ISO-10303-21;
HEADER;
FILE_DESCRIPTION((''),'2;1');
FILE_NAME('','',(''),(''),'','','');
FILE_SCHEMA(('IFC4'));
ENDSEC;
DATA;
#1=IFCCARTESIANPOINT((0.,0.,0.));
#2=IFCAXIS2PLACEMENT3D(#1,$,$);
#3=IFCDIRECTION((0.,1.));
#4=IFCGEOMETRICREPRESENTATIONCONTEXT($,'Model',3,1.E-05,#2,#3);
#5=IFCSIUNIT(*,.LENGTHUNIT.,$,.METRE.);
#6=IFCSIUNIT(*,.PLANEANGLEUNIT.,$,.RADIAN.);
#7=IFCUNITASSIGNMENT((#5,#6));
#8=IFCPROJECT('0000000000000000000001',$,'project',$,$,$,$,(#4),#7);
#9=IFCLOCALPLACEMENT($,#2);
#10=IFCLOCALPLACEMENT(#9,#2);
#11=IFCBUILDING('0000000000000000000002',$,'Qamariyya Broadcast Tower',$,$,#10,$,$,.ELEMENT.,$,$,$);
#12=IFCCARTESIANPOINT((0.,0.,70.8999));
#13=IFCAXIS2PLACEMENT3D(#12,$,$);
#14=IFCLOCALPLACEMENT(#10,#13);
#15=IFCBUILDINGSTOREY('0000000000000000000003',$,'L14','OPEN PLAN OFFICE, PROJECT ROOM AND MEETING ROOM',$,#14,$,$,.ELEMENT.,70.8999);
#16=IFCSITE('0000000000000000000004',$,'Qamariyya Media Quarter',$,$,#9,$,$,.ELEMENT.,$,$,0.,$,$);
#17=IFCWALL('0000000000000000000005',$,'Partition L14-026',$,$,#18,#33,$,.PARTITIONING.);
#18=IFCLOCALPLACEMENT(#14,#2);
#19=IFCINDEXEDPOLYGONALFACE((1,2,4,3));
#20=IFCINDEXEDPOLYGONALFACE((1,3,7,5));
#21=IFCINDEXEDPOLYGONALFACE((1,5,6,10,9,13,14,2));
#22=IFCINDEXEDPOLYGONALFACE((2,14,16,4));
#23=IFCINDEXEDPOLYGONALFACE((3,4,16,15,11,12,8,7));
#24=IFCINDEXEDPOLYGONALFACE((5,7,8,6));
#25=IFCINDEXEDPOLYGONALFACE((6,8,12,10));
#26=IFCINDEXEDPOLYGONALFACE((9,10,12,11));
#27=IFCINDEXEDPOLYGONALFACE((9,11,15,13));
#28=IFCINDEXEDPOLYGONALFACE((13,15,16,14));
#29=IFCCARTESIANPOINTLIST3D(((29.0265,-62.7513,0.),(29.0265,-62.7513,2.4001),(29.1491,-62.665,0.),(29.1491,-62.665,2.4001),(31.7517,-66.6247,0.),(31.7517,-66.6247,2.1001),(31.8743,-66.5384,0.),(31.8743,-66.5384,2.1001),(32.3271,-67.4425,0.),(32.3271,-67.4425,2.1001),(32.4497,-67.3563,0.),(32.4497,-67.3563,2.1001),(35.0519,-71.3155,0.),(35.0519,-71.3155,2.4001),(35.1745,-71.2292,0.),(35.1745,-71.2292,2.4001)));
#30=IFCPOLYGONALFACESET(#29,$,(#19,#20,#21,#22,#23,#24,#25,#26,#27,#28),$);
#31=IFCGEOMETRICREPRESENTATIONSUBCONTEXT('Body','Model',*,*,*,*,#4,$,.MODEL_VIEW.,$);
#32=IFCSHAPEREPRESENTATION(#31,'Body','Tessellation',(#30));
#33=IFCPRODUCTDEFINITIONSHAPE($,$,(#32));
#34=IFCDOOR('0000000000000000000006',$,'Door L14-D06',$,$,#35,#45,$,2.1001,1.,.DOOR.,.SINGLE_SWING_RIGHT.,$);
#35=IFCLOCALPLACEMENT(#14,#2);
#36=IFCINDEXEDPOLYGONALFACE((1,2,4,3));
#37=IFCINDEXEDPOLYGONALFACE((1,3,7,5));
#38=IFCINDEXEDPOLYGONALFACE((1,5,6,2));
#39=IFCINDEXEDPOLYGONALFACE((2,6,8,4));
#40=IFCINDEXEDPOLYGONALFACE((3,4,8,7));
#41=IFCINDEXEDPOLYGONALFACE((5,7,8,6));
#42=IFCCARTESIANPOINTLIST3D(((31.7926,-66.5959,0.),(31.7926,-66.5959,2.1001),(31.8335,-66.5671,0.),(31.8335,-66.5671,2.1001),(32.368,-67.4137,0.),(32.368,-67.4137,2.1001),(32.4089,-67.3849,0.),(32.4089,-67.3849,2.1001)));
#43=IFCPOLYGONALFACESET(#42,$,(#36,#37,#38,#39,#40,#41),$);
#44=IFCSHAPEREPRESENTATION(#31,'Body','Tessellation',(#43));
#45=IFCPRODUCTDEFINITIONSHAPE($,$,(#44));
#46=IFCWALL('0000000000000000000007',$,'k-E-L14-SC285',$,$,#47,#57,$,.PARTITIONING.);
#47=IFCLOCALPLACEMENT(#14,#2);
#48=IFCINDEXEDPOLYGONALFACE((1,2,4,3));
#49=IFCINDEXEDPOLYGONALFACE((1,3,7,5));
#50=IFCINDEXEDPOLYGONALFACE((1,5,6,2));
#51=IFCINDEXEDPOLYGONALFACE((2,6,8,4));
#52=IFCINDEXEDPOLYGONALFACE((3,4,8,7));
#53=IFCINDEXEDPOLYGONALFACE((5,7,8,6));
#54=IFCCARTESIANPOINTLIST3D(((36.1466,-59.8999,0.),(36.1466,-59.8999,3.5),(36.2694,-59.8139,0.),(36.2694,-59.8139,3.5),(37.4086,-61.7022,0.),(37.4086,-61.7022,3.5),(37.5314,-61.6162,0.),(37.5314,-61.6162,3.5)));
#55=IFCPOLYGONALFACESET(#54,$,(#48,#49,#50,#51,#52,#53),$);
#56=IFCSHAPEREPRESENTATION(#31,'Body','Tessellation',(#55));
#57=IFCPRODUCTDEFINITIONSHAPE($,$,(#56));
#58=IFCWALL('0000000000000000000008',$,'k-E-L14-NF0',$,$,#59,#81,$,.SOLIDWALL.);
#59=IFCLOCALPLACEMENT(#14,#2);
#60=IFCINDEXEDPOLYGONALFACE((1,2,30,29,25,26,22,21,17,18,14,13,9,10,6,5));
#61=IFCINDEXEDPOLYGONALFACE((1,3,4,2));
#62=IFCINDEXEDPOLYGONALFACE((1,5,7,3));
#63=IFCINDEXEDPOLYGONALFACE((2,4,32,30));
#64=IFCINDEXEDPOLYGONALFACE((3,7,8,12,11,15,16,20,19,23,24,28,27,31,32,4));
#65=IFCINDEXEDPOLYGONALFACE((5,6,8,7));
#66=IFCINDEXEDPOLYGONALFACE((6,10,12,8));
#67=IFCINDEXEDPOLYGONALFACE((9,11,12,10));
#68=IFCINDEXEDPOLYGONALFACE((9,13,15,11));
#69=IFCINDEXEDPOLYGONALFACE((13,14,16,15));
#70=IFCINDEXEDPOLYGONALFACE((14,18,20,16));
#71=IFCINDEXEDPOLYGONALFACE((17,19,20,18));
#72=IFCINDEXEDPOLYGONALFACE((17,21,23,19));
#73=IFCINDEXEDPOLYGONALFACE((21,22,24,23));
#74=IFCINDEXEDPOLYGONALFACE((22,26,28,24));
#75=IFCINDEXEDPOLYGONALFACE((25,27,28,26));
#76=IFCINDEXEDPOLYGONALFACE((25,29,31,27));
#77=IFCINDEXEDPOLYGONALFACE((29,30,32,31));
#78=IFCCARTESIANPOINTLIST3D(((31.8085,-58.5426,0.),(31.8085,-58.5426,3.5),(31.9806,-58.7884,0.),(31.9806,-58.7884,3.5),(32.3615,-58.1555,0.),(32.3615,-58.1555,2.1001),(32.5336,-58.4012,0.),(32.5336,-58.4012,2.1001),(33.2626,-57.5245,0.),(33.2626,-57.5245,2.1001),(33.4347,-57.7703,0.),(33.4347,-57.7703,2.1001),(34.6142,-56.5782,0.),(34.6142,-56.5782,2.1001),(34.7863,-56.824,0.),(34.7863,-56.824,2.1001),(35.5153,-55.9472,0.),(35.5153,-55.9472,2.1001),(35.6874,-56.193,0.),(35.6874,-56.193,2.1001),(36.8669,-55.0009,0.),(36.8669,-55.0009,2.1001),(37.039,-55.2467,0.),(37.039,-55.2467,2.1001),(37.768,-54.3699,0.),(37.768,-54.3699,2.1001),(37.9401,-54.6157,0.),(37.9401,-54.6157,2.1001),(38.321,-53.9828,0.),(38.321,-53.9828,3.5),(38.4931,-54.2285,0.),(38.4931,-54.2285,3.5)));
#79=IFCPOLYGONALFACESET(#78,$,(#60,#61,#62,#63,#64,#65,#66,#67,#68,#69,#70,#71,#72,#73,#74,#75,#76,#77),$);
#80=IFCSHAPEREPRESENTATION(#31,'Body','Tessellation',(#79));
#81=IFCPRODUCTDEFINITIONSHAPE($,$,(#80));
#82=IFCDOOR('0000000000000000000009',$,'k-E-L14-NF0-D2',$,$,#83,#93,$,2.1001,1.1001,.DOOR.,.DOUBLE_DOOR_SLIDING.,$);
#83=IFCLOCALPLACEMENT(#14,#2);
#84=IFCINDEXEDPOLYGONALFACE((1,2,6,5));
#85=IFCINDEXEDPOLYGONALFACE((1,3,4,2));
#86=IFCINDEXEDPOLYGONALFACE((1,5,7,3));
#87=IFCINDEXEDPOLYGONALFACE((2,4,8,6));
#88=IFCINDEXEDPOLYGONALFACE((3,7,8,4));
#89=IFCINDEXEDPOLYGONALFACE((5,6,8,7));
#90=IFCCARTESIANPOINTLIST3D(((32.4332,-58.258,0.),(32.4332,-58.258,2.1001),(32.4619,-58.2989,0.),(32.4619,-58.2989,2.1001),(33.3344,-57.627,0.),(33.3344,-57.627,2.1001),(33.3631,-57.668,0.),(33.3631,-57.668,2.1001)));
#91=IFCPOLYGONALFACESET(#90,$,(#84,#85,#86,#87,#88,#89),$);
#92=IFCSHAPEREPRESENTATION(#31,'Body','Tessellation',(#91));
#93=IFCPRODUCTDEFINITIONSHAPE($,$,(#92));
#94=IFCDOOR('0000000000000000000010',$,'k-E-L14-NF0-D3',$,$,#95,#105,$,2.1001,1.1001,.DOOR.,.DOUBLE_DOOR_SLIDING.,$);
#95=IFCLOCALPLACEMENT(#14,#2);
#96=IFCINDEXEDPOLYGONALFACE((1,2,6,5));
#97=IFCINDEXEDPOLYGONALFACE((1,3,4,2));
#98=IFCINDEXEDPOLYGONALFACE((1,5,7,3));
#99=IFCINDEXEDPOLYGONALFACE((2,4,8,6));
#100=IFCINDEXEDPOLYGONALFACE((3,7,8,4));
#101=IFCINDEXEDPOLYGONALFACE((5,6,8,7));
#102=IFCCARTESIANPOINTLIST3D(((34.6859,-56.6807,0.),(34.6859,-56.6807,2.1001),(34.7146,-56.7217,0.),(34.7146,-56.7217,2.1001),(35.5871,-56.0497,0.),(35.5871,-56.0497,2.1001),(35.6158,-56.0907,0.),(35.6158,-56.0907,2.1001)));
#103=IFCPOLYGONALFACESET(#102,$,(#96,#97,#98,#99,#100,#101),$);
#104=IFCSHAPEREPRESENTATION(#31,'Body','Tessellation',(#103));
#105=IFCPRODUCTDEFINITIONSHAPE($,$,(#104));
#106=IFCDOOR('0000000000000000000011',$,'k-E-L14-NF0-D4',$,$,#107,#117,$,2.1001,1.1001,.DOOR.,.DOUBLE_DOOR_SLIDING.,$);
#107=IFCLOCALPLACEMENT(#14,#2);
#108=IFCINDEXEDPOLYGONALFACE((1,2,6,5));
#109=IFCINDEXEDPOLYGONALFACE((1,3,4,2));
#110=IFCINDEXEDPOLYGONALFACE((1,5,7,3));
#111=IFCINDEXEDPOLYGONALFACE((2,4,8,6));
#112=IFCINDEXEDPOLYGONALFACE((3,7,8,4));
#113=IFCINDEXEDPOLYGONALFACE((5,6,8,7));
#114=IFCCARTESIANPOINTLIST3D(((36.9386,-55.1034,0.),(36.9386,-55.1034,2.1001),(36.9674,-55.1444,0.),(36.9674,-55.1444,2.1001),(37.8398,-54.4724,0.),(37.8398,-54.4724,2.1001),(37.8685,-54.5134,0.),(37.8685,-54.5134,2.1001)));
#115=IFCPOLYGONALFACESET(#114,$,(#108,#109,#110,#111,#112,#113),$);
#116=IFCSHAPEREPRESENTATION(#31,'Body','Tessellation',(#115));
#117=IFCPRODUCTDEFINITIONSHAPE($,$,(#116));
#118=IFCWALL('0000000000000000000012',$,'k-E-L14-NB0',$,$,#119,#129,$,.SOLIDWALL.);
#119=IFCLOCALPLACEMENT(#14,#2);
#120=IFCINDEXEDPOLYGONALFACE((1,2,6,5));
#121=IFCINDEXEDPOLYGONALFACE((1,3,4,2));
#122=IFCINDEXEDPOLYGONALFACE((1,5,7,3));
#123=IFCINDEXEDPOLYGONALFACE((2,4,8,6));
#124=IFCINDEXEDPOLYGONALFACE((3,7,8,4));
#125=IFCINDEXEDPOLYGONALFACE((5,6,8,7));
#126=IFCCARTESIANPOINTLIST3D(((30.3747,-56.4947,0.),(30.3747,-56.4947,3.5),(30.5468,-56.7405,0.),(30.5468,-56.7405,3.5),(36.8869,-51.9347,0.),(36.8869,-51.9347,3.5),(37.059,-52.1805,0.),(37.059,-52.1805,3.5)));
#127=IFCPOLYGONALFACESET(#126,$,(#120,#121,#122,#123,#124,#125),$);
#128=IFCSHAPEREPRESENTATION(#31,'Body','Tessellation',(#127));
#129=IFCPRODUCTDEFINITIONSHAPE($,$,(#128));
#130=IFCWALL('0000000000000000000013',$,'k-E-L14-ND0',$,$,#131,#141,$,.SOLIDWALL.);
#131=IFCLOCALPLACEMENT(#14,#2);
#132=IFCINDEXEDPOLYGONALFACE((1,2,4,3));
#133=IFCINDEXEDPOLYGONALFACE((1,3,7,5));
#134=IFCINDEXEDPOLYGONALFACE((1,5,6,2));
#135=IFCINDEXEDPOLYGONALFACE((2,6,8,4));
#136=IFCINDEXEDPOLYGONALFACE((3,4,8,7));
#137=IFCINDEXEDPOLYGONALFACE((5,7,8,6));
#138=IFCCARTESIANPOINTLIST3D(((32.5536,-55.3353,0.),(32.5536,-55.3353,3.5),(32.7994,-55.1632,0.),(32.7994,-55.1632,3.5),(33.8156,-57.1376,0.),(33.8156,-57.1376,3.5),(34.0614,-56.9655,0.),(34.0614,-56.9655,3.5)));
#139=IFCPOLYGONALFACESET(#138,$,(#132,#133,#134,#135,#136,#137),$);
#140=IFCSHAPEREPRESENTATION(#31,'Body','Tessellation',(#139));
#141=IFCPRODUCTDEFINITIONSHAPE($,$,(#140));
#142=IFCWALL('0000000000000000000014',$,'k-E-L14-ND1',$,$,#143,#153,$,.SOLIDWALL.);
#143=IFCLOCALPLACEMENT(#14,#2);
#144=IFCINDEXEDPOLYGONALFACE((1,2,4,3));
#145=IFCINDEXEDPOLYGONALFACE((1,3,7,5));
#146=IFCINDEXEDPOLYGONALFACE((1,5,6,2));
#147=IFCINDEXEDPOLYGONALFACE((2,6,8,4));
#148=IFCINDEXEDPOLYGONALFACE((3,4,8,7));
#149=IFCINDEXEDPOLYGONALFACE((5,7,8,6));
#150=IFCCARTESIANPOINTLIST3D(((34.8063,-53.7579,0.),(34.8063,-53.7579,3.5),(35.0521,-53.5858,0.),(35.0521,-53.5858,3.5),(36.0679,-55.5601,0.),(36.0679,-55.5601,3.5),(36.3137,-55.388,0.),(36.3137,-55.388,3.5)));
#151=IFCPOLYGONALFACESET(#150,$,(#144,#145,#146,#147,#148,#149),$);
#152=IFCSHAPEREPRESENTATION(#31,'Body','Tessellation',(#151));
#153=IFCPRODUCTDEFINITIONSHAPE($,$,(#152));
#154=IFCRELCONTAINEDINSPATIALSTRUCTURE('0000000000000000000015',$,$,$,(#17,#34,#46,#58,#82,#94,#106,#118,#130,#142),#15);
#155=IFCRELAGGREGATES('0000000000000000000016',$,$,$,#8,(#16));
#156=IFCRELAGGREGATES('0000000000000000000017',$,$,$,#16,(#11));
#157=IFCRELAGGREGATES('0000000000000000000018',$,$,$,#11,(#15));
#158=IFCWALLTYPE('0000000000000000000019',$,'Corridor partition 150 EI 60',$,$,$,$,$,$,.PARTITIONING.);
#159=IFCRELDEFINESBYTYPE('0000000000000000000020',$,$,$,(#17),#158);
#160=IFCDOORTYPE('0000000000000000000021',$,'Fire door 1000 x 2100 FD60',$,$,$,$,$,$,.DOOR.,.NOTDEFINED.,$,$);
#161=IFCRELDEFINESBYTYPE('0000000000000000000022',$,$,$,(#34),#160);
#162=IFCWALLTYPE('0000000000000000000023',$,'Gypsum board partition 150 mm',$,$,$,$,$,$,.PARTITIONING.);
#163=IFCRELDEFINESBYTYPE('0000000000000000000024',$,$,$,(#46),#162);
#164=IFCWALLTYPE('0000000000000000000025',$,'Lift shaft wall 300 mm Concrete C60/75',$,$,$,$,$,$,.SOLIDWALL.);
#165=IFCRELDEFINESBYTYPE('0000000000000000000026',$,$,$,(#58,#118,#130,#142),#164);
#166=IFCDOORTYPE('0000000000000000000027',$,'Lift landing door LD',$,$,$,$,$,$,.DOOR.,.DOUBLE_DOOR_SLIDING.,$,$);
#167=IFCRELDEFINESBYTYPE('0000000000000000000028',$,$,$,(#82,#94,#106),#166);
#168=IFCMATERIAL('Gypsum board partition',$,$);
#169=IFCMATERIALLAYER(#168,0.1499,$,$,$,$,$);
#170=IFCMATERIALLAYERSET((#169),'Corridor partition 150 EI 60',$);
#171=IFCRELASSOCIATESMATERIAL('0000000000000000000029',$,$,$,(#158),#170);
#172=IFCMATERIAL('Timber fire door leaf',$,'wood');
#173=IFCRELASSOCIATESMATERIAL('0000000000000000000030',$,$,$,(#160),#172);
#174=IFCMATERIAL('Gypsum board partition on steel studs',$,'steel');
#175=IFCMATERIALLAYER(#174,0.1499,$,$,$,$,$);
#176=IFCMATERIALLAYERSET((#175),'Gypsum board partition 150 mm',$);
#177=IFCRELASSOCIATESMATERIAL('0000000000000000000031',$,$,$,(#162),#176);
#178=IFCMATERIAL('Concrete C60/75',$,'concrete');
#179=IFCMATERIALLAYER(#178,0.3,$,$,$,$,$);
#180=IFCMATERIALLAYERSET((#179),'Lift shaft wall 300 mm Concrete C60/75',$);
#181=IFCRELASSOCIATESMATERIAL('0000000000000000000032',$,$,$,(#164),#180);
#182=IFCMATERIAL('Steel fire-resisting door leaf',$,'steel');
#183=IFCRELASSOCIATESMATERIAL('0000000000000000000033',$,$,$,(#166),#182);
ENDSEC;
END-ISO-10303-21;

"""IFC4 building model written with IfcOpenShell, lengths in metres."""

from ifc_helpers import new_model, si_unit, direction, frame, frame_2d, origin, place, context, subcontext, project, spatial, rectangle, extrude, material, layer, layer_set, type_object, element, fill, save


model = new_model("IFC4")

# Units and contexts
model_context = context("Model", 3, precision=1e-05, world=origin(), true_north=direction((0.0, 1.0)))
body_context = subcontext(model_context, "Body", "Model", "MODEL_VIEW")
ifc_project = project(units=[si_unit("LENGTHUNIT", "METRE"), si_unit("PLANEANGLEUNIT", "RADIAN")], contexts=[model_context])

# Site, building, storey
site_placement = place(None, origin())
site = spatial("IfcSite", under=ifc_project, at=site_placement, Name="Qamariyya Media Quarter", CompositionType="ELEMENT", RefElevation=0.0)
building_placement = place(site_placement, origin())
building = spatial("IfcBuilding", under=site, at=building_placement, Name="Qamariyya Broadcast Tower", CompositionType="ELEMENT")
storey_placement = place(building_placement, frame((0.0, 0.0, 70.8999)))
storey = spatial("IfcBuildingStorey", under=building, at=storey_placement, Name="L14", Description="OPEN PLAN OFFICE, PROJECT ROOM AND MEETING ROOM", CompositionType="ELEMENT", Elevation=70.8999)

# Shared definitions
ifc_material_1 = material(Name="Steel fire-resisting door leaf", Category="steel")

# Wall, opening, door
ifc_material_2 = material(Name="Gypsum board partition")
ifc_layer_1 = layer(ifc_material_2, 0.1499)
ifc_layer_set_1 = layer_set([ifc_layer_1], Name="Corridor partition 150 EI 60")
wall_type_1 = type_object("IfcWallType", Name="Corridor partition 150 EI 60", PredefinedType="PARTITIONING", material=ifc_layer_set_1)
wall_1_placement = place(storey_placement, frame((35.1133, -71.2725, 0.0), z_axis=(0.0, 0.0, 1.0), x_axis=(-0.575412, 0.817864, 0.0)))
wall_1 = element("IfcWall", 1, at=wall_1_placement, inside=storey, type_object=wall_type_1, Name="Partition L14-026", PredefinedType="PARTITIONING", context=body_context, shape_type="SweptSolid", body=[
    extrude(rectangle(XDim=10.4714, YDim=0.1499, at=frame_2d((5.2358, 0.0))), origin(), (0.0, 0.0, 1.0), 2.4001),
])
opening_1_placement = place(wall_1_placement, frame((4.7356, 0.0, 0.0)))
opening_1 = element("IfcOpeningElement", 2, at=opening_1_placement, cuts=wall_1, PredefinedType="OPENING", context=body_context, shape_type="SweptSolid", body=[
    extrude(rectangle(XDim=1.0, YDim=2.1001, at=frame_2d((0.5, 1.05))), frame((0.0, 0.085, 0.0), z_axis=(0.0, -1.0, 0.0), x_axis=(1.0, 0.0, 0.0)), (0.0, 0.0, 1.0), 0.1699),
])
ifc_material_3 = material(Name="Timber fire door leaf", Category="wood")
door_type_1 = type_object("IfcDoorType", Name="Fire door 1000 x 2100 FD60", OperationType="NOTDEFINED", PredefinedType="DOOR", material=ifc_material_3)
door_1_placement = place(opening_1_placement, origin())
door_1 = element("IfcDoor", 3, at=door_1_placement, inside=storey, type_object=door_type_1, Name="Door L14-D06", OperationType="SINGLE_SWING_RIGHT", OverallHeight=2.1001, OverallWidth=1.0, PredefinedType="DOOR", context=body_context, shape_type="SweptSolid", body=[
    extrude(rectangle(XDim=1.0, YDim=2.1001, at=frame_2d((0.5, 1.05))), frame((0.0, 0.0249, 0.0), z_axis=(0.0, -1.0, 0.0), x_axis=(1.0, 0.0, 0.0)), (0.0, 0.0, 1.0), 0.05),
])
fill(opening_1, door_1)

# Wall
ifc_material_4 = material(Name="Gypsum board partition on steel studs", Category="steel")
ifc_layer_2 = layer(ifc_material_4, 0.1499)
ifc_layer_set_2 = layer_set([ifc_layer_2], Name="Gypsum board partition 150 mm")
wall_type_2 = type_object("IfcWallType", Name="Gypsum board partition 150 mm", PredefinedType="PARTITIONING", material=ifc_layer_set_2)
wall_2_placement = place(storey_placement, frame((36.208, -59.8569, 0.0), z_axis=(0.0, 0.0, 1.0), x_axis=(0.573581, -0.819149, 0.0)))
element("IfcWall", 4, at=wall_2_placement, inside=storey, type_object=wall_type_2, Name="k-E-L14-SC285", PredefinedType="PARTITIONING", context=body_context, shape_type="SweptSolid", body=[
    extrude(rectangle(XDim=2.2002, YDim=0.1499, at=frame_2d((1.1001, 0.0))), origin(), (0.0, 0.0, 1.0), 3.5),
])

# Wall, openings, doors
ifc_material_5 = material(Name="Concrete C60/75", Category="concrete")
ifc_layer_3 = layer(ifc_material_5, 0.3)
ifc_layer_set_3 = layer_set([ifc_layer_3], Name="Lift shaft wall 300 mm Concrete C60/75")
wall_type_3 = type_object("IfcWallType", Name="Lift shaft wall 300 mm Concrete C60/75", PredefinedType="SOLIDWALL", material=ifc_layer_set_3)
wall_3_placement = place(storey_placement, frame((31.8945, -58.6655, 0.0), z_axis=(0.0, 0.0, 1.0), x_axis=(0.819167, 0.573555, 0.0)))
wall_3 = element("IfcWall", 5, at=wall_3_placement, inside=storey, type_object=wall_type_3, Name="k-E-L14-NF0", PredefinedType="SOLIDWALL", context=body_context, shape_type="SweptSolid", body=[
    extrude(rectangle(XDim=7.9502, YDim=0.3, at=frame_2d((3.9751, 0.0))), origin(), (0.0, 0.0, 1.0), 3.5),
])
opening_2_placement = place(wall_3_placement, frame((0.675, 0.0, 0.0)))
opening_2 = element("IfcOpeningElement", 6, at=opening_2_placement, cuts=wall_3, PredefinedType="OPENING", context=body_context, shape_type="SweptSolid", body=[
    extrude(rectangle(XDim=1.1001, YDim=2.1001, at=frame_2d((0.55, 1.05))), frame((0.0, 0.1599, 0.0), z_axis=(0.0, -1.0, 0.0), x_axis=(1.0, 0.0, 0.0)), (0.0, 0.0, 1.0), 0.3201),
])
opening_3_placement = place(wall_3_placement, frame((3.425, 0.0, 0.0)))
opening_3 = element("IfcOpeningElement", 7, at=opening_3_placement, cuts=wall_3, PredefinedType="OPENING", context=body_context, shape_type="SweptSolid", body=[
    extrude(rectangle(XDim=1.1001, YDim=2.1001, at=frame_2d((0.55, 1.05))), frame((0.0, 0.1599, 0.0), z_axis=(0.0, -1.0, 0.0), x_axis=(1.0, 0.0, 0.0)), (0.0, 0.0, 1.0), 0.3201),
])
opening_4_placement = place(wall_3_placement, frame((6.175, 0.0, 0.0)))
opening_4 = element("IfcOpeningElement", 8, at=opening_4_placement, cuts=wall_3, PredefinedType="OPENING", context=body_context, shape_type="SweptSolid", body=[
    extrude(rectangle(XDim=1.1001, YDim=2.1001, at=frame_2d((0.55, 1.05))), frame((0.0, 0.1599, 0.0), z_axis=(0.0, -1.0, 0.0), x_axis=(1.0, 0.0, 0.0)), (0.0, 0.0, 1.0), 0.3201),
])
door_type_2 = type_object("IfcDoorType", Name="Lift landing door LD", OperationType="DOUBLE_DOOR_SLIDING", PredefinedType="DOOR", material=ifc_material_1)
door_2_placement = place(opening_2_placement, origin())
door_2 = element("IfcDoor", 9, at=door_2_placement, inside=storey, type_object=door_type_2, Name="k-E-L14-NF0-D2", OperationType="DOUBLE_DOOR_SLIDING", OverallHeight=2.1001, OverallWidth=1.1001, PredefinedType="DOOR", context=body_context, shape_type="SweptSolid", body=[
    extrude(rectangle(XDim=1.1001, YDim=2.1001, at=frame_2d((0.55, 1.05))), frame((0.0, 0.0249, 0.0), z_axis=(0.0, -1.0, 0.0), x_axis=(1.0, 0.0, 0.0)), (0.0, 0.0, 1.0), 0.05),
])
fill(opening_2, door_2)
door_3_placement = place(opening_3_placement, origin())
door_3 = element("IfcDoor", 10, at=door_3_placement, inside=storey, type_object=door_type_2, Name="k-E-L14-NF0-D3", OperationType="DOUBLE_DOOR_SLIDING", OverallHeight=2.1001, OverallWidth=1.1001, PredefinedType="DOOR", context=body_context, shape_type="SweptSolid", body=[
    extrude(rectangle(XDim=1.1001, YDim=2.1001, at=frame_2d((0.55, 1.05))), frame((0.0, 0.0249, 0.0), z_axis=(0.0, -1.0, 0.0), x_axis=(1.0, 0.0, 0.0)), (0.0, 0.0, 1.0), 0.05),
])
fill(opening_3, door_3)
door_4_placement = place(opening_4_placement, origin())
door_4 = element("IfcDoor", 11, at=door_4_placement, inside=storey, type_object=door_type_2, Name="k-E-L14-NF0-D4", OperationType="DOUBLE_DOOR_SLIDING", OverallHeight=2.1001, OverallWidth=1.1001, PredefinedType="DOOR", context=body_context, shape_type="SweptSolid", body=[
    extrude(rectangle(XDim=1.1001, YDim=2.1001, at=frame_2d((0.55, 1.05))), frame((0.0, 0.0249, 0.0), z_axis=(0.0, -1.0, 0.0), x_axis=(1.0, 0.0, 0.0)), (0.0, 0.0, 1.0), 0.05),
])
fill(opening_4, door_4)

# Walls
wall_4_placement = place(storey_placement, frame((30.4607, -56.6177, 0.0), z_axis=(0.0, 0.0, 1.0), x_axis=(0.819142, 0.57359, 0.0)))
element("IfcWall", 12, at=wall_4_placement, inside=storey, type_object=wall_type_3, Name="k-E-L14-NB0", PredefinedType="SOLIDWALL", context=body_context, shape_type="SweptSolid", body=[
    extrude(rectangle(XDim=7.95, YDim=0.3, at=frame_2d((3.9751, 0.0))), origin(), (0.0, 0.0, 1.0), 3.5),
])
wall_5_placement = place(storey_placement, frame((33.9385, -57.0515, 0.0), z_axis=(0.0, 0.0, 1.0), x_axis=(-0.573581, 0.819149, 0.0)))
element("IfcWall", 13, at=wall_5_placement, inside=storey, type_object=wall_type_3, Name="k-E-L14-ND0", PredefinedType="SOLIDWALL", context=body_context, shape_type="SweptSolid", body=[
    extrude(rectangle(XDim=2.2002, YDim=0.3, at=frame_2d((1.1001, 0.0))), origin(), (0.0, 0.0, 1.0), 3.5),
])
wall_6_placement = place(storey_placement, frame((36.1909, -55.4741, 0.0), z_axis=(0.0, 0.0, 1.0), x_axis=(-0.573507, 0.819201, 0.0)))
element("IfcWall", 14, at=wall_6_placement, inside=storey, type_object=wall_type_3, Name="k-E-L14-ND1", PredefinedType="SOLIDWALL", context=body_context, shape_type="SweptSolid", body=[
    extrude(rectangle(XDim=2.2, YDim=0.3, at=frame_2d((1.1001, 0.0))), origin(), (0.0, 0.0, 1.0), 3.5),
])

save(model, "model.ifc")
